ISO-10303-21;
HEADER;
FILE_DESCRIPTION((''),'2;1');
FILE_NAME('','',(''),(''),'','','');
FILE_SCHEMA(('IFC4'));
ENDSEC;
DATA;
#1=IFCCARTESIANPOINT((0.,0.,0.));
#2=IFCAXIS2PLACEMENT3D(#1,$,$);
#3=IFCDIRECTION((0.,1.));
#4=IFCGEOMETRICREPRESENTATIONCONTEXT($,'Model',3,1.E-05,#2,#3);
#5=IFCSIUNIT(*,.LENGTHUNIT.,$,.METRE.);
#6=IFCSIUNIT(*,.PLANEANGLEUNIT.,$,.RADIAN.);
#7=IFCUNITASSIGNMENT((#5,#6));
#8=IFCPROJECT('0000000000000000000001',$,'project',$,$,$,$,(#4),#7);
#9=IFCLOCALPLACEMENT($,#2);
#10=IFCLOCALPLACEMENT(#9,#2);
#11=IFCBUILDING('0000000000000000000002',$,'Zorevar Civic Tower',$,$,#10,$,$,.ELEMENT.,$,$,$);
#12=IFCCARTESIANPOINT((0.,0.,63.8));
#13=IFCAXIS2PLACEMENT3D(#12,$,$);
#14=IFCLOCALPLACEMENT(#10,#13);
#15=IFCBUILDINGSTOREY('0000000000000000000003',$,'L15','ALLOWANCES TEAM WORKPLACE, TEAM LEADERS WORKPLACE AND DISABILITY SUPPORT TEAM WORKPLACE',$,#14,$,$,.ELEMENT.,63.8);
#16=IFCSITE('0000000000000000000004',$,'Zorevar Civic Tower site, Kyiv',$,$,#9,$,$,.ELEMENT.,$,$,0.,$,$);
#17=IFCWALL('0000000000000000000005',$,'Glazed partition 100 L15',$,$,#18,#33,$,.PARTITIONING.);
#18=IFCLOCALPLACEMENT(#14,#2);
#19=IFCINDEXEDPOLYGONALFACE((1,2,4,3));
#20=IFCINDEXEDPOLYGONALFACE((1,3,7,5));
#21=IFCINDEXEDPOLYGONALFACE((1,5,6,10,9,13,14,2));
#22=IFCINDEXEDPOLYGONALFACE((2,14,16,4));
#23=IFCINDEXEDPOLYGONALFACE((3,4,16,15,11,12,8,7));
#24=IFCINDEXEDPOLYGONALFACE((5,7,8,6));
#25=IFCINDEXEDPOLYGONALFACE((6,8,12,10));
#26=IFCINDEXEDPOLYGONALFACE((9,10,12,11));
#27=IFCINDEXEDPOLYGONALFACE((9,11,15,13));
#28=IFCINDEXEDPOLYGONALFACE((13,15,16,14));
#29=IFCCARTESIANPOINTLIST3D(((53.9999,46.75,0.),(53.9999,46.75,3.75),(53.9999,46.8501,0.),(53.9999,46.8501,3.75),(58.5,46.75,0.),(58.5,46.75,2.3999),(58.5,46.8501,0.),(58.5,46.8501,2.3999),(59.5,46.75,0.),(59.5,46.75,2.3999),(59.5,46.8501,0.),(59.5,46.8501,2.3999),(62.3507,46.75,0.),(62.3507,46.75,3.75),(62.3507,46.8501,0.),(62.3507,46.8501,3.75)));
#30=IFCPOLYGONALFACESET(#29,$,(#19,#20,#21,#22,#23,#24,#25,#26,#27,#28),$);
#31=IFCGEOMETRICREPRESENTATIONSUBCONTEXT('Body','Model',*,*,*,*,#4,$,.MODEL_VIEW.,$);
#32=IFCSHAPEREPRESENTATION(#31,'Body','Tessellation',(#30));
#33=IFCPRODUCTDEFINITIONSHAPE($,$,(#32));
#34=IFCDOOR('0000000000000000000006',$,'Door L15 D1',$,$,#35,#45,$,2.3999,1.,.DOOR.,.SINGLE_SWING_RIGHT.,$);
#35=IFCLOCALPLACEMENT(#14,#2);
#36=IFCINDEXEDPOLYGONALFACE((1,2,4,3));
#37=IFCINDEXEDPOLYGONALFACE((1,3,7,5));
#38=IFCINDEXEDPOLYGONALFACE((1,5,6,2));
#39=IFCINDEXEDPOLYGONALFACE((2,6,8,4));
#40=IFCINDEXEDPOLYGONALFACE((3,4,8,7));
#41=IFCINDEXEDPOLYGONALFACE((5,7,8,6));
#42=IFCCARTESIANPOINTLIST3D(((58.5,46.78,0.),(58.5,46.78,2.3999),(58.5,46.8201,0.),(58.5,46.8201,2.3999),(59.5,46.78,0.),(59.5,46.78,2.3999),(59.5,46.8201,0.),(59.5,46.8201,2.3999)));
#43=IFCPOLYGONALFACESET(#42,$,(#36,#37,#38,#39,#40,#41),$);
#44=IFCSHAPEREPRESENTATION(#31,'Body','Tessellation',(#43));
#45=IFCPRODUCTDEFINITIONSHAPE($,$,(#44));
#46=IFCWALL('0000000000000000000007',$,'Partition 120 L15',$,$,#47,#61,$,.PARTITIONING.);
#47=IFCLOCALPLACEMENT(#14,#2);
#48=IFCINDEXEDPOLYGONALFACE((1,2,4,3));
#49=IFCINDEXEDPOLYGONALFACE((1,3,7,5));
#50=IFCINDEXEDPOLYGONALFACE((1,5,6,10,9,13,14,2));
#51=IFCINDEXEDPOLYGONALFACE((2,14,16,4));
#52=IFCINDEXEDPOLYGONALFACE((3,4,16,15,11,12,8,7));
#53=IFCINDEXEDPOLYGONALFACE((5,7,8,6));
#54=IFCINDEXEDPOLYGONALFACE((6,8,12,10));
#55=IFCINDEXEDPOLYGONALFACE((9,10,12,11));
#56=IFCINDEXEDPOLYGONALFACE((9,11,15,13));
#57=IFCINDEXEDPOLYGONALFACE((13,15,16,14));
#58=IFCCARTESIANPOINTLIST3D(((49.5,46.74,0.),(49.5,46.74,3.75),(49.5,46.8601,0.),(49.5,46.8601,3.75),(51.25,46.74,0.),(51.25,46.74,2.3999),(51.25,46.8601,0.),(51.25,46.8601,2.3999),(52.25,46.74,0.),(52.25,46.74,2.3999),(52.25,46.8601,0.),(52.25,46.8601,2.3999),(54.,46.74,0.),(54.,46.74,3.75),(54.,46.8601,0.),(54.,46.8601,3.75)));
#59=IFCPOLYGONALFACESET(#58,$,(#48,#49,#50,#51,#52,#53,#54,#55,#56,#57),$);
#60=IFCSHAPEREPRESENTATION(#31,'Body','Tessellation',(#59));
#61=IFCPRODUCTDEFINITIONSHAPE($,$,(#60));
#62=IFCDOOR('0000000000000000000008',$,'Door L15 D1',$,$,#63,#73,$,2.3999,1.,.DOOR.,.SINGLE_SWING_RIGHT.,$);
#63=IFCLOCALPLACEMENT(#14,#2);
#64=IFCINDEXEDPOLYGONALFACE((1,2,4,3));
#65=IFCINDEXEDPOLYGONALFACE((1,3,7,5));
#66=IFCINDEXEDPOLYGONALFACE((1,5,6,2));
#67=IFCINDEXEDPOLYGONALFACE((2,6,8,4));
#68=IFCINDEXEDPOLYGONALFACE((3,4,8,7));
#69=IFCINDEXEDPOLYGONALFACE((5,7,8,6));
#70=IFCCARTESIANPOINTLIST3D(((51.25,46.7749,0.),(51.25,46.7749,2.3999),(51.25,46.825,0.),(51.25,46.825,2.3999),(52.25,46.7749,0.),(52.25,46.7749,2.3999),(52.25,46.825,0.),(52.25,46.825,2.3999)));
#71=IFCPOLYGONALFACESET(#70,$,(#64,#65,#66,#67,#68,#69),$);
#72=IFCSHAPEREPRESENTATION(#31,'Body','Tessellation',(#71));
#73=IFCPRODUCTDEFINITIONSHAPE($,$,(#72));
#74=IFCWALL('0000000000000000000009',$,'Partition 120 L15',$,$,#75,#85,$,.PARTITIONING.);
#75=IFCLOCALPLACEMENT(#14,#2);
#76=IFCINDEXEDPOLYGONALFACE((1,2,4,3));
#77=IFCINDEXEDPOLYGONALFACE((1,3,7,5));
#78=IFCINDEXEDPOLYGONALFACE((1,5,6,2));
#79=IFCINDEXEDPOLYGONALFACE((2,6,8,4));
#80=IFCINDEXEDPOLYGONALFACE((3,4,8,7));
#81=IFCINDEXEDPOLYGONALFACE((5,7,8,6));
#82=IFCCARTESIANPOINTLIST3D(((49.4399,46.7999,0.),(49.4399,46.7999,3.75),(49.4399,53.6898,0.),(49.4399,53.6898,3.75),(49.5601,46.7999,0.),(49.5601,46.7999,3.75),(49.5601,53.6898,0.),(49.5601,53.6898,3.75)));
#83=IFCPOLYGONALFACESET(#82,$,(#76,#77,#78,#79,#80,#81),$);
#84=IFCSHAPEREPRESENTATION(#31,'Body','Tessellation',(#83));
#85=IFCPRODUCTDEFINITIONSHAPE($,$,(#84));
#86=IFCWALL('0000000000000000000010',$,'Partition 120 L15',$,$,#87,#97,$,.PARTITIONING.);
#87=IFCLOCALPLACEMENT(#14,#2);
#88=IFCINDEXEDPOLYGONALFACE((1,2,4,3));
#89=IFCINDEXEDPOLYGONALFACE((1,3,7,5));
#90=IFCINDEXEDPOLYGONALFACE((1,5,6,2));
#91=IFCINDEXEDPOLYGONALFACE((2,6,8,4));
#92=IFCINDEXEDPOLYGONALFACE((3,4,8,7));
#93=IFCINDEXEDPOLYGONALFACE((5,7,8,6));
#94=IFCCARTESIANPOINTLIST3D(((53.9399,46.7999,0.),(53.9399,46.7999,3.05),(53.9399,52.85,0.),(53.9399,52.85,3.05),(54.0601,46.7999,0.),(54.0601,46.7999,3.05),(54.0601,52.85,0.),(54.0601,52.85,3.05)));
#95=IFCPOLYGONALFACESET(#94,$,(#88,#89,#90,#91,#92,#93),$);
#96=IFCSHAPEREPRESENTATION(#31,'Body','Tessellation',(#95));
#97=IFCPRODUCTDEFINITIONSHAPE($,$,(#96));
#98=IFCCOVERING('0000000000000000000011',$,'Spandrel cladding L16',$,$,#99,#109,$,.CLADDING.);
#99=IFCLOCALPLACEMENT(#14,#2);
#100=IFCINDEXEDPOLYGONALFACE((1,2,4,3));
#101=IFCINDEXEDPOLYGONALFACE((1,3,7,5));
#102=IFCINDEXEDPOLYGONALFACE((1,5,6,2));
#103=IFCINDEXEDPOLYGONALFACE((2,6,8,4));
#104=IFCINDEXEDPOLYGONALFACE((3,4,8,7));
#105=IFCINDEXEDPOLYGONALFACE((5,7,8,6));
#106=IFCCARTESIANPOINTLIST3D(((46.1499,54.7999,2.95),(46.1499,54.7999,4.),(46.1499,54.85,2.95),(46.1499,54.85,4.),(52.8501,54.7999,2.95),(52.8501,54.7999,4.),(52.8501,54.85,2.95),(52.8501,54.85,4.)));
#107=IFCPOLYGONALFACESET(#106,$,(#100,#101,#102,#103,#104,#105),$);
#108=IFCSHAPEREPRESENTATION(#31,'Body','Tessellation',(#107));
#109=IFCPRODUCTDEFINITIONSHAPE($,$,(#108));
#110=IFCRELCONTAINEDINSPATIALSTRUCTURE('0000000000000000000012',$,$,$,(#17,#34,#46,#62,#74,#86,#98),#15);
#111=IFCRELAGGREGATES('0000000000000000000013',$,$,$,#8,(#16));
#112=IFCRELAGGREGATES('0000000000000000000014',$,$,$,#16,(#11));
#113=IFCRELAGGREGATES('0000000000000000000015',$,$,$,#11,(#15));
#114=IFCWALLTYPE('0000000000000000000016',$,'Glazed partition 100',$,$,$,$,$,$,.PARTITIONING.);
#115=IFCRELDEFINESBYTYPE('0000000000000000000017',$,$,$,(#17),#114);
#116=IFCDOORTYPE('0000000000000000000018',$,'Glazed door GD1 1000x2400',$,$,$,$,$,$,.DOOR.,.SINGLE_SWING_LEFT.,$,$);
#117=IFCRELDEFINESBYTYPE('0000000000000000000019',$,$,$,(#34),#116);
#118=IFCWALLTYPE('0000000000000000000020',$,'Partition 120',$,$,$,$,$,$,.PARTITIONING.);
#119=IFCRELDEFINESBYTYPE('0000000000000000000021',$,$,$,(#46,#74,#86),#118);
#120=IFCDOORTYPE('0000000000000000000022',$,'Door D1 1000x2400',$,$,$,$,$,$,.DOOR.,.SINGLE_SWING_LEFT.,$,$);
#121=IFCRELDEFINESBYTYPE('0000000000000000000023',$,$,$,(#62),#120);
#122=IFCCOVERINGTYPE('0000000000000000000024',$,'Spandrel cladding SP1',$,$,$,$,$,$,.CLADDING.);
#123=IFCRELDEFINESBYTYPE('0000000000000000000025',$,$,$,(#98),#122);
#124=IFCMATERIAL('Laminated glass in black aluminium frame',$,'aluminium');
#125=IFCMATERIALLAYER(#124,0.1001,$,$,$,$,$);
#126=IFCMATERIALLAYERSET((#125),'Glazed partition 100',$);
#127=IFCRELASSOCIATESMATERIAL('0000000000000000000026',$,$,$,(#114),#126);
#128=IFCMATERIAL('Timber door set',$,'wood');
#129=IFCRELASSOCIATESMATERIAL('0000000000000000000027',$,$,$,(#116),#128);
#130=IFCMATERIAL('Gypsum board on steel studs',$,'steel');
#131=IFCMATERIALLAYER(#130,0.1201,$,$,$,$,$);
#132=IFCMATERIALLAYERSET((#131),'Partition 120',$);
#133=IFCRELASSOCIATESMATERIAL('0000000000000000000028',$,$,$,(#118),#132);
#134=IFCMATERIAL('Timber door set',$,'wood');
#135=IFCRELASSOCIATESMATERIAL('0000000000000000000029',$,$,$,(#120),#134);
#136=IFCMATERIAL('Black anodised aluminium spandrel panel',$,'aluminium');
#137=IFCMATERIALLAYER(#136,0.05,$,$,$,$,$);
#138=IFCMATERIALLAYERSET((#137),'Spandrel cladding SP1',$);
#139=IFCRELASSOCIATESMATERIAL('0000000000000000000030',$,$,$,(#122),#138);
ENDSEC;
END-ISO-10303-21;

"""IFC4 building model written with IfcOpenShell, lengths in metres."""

from ifc_helpers import new_model, si_unit, direction, frame, frame_2d, origin, place, context, subcontext, project, spatial, rectangle, extrude, material, layer, layer_set, type_object, element, fill, save


model = new_model("IFC4")

# Units and contexts
model_context = context("Model", 3, precision=1e-05, world=origin(), true_north=direction((0.0, 1.0)))
body_context = subcontext(model_context, "Body", "Model", "MODEL_VIEW")
ifc_project = project(units=[si_unit("LENGTHUNIT", "METRE"), si_unit("PLANEANGLEUNIT", "RADIAN")], contexts=[model_context])

# Site, building, storey
site_placement = place(None, origin())
site = spatial("IfcSite", under=ifc_project, at=site_placement, Name="Zorevar Civic Tower site, Kyiv", CompositionType="ELEMENT", RefElevation=0.0)
building_placement = place(site_placement, origin())
building = spatial("IfcBuilding", under=site, at=building_placement, Name="Zorevar Civic Tower", CompositionType="ELEMENT")
storey_placement = place(building_placement, frame((0.0, 0.0, 63.8)))
storey = spatial("IfcBuildingStorey", under=building, at=storey_placement, Name="L15", Description="ALLOWANCES TEAM WORKPLACE, TEAM LEADERS WORKPLACE AND DISABILITY SUPPORT TEAM WORKPLACE", CompositionType="ELEMENT", Elevation=63.8)

# Walls, openings, doors
ifc_material_1 = material(Name="Laminated glass in black aluminium frame", Category="aluminium")
ifc_layer_1 = layer(ifc_material_1, 0.1001)
ifc_layer_set_1 = layer_set([ifc_layer_1], Name="Glazed partition 100")
wall_type_1 = type_object("IfcWallType", Name="Glazed partition 100", PredefinedType="PARTITIONING", material=ifc_layer_set_1)
wall_1_placement = place(storey_placement, frame((54.0, 46.8, 0.0), z_axis=(0.0, 0.0, 1.0), x_axis=(1.0, 0.0, 0.0)))
wall_1 = element("IfcWall", 1, at=wall_1_placement, inside=storey, type_object=wall_type_1, Name="Glazed partition 100 L15", PredefinedType="PARTITIONING", context=body_context, shape_type="SweptSolid", body=[
    extrude(rectangle(XDim=8.3508, YDim=0.1001, at=frame_2d((4.1753, 0.0))), origin(), (0.0, 0.0, 1.0), 3.75),
])
opening_1_placement = place(wall_1_placement, frame((4.5, 0.0, 0.0)))
opening_1 = element("IfcOpeningElement", 2, at=opening_1_placement, cuts=wall_1, PredefinedType="OPENING", context=body_context, shape_type="SweptSolid", body=[
    extrude(rectangle(XDim=1.0, YDim=2.3999, at=frame_2d((0.5, 1.2))), frame((0.0, 0.0601, 0.0), z_axis=(0.0, -1.0, 0.0), x_axis=(1.0, 0.0, 0.0)), (0.0, 0.0, 1.0), 0.1201),
])
ifc_material_2 = material(Name="Timber door set", Category="wood")
door_type_1 = type_object("IfcDoorType", Name="Glazed door GD1 1000x2400", OperationType="SINGLE_SWING_LEFT", PredefinedType="DOOR", material=ifc_material_2)
door_1_placement = place(opening_1_placement, origin())
door_1 = element("IfcDoor", 3, at=door_1_placement, inside=storey, type_object=door_type_1, Name="Door L15 D1", OperationType="SINGLE_SWING_RIGHT", OverallHeight=2.3999, OverallWidth=1.0, PredefinedType="DOOR", context=body_context, shape_type="SweptSolid", body=[
    extrude(rectangle(XDim=1.0, YDim=2.3999, at=frame_2d((0.5, 1.2))), frame((0.0, 0.02, 0.0), z_axis=(0.0, -1.0, 0.0), x_axis=(1.0, 0.0, 0.0)), (0.0, 0.0, 1.0), 0.04),
])
fill(opening_1, door_1)
ifc_material_3 = material(Name="Gypsum board on steel studs", Category="steel")
ifc_layer_2 = layer(ifc_material_3, 0.1201)
ifc_layer_set_2 = layer_set([ifc_layer_2], Name="Partition 120")
wall_type_2 = type_object("IfcWallType", Name="Partition 120", PredefinedType="PARTITIONING", material=ifc_layer_set_2)
wall_2_placement = place(storey_placement, frame((49.5, 46.8, 0.0), z_axis=(0.0, 0.0, 1.0), x_axis=(1.0, 0.0, 0.0)))
wall_2 = element("IfcWall", 4, at=wall_2_placement, inside=storey, type_object=wall_type_2, Name="Partition 120 L15", PredefinedType="PARTITIONING", context=body_context, shape_type="SweptSolid", body=[
    extrude(rectangle(XDim=4.5, YDim=0.1201, at=frame_2d((2.25, 0.0))), origin(), (0.0, 0.0, 1.0), 3.75),
])
opening_2_placement = place(wall_2_placement, frame((1.75, 0.0, 0.0)))
opening_2 = element("IfcOpeningElement", 5, at=opening_2_placement, cuts=wall_2, PredefinedType="OPENING", context=body_context, shape_type="SweptSolid", body=[
    extrude(rectangle(XDim=1.0, YDim=2.3999, at=frame_2d((0.5, 1.2))), frame((0.0, 0.0701, 0.0), z_axis=(0.0, -1.0, 0.0), x_axis=(1.0, 0.0, 0.0)), (0.0, 0.0, 1.0), 0.1401),
])
ifc_material_4 = material(Name="Timber door set", Category="wood")
door_type_2 = type_object("IfcDoorType", Name="Door D1 1000x2400", OperationType="SINGLE_SWING_LEFT", PredefinedType="DOOR", material=ifc_material_4)
door_2_placement = place(opening_2_placement, origin())
door_2 = element("IfcDoor", 6, at=door_2_placement, inside=storey, type_object=door_type_2, Name="Door L15 D1", OperationType="SINGLE_SWING_RIGHT", OverallHeight=2.3999, OverallWidth=1.0, PredefinedType="DOOR", context=body_context, shape_type="SweptSolid", body=[
    extrude(rectangle(XDim=1.0, YDim=2.3999, at=frame_2d((0.5, 1.2))), frame((0.0, 0.0249, 0.0), z_axis=(0.0, -1.0, 0.0), x_axis=(1.0, 0.0, 0.0)), (0.0, 0.0, 1.0), 0.05),
])
fill(opening_2, door_2)

# Walls
wall_3_placement = place(storey_placement, frame((49.5, 46.8, 0.0), z_axis=(0.0, 0.0, 1.0), x_axis=(0.0, 1.0, 0.0)))
element("IfcWall", 7, at=wall_3_placement, inside=storey, type_object=wall_type_2, Name="Partition 120 L15", PredefinedType="PARTITIONING", context=body_context, shape_type="SweptSolid", body=[
    extrude(rectangle(XDim=6.8899, YDim=0.1201, at=frame_2d((3.4448, 0.0))), origin(), (0.0, 0.0, 1.0), 3.75),
])
wall_4_placement = place(storey_placement, frame((54.0, 46.8, 0.0), z_axis=(0.0, 0.0, 1.0), x_axis=(0.0, 1.0, 0.0)))
element("IfcWall", 8, at=wall_4_placement, inside=storey, type_object=wall_type_2, Name="Partition 120 L15", PredefinedType="PARTITIONING", context=body_context, shape_type="SweptSolid", body=[
    extrude(rectangle(XDim=6.05, YDim=0.1201, at=frame_2d((3.0249, 0.0))), origin(), (0.0, 0.0, 1.0), 3.05),
])

# Covering
ifc_material_5 = material(Name="Black anodised aluminium spandrel panel", Category="aluminium")
ifc_layer_3 = layer(ifc_material_5, 0.05)
ifc_layer_set_3 = layer_set([ifc_layer_3], Name="Spandrel cladding SP1")
covering_type = type_object("IfcCoveringType", Name="Spandrel cladding SP1", PredefinedType="CLADDING", material=ifc_layer_set_3)
covering_placement = place(storey_placement, frame((46.1499, 54.825, 2.95), z_axis=(0.0, 0.0, 1.0), x_axis=(1.0, 0.0, 0.0)))
element("IfcCovering", 9, at=covering_placement, inside=storey, type_object=covering_type, Name="Spandrel cladding L16", PredefinedType="CLADDING", context=body_context, shape_type="SweptSolid", body=[
    extrude(rectangle(XDim=6.7002, YDim=0.05, at=frame_2d((3.3501, 0.0))), origin(), (0.0, 0.0, 1.0), 1.05),
])

save(model, "model.ifc")
